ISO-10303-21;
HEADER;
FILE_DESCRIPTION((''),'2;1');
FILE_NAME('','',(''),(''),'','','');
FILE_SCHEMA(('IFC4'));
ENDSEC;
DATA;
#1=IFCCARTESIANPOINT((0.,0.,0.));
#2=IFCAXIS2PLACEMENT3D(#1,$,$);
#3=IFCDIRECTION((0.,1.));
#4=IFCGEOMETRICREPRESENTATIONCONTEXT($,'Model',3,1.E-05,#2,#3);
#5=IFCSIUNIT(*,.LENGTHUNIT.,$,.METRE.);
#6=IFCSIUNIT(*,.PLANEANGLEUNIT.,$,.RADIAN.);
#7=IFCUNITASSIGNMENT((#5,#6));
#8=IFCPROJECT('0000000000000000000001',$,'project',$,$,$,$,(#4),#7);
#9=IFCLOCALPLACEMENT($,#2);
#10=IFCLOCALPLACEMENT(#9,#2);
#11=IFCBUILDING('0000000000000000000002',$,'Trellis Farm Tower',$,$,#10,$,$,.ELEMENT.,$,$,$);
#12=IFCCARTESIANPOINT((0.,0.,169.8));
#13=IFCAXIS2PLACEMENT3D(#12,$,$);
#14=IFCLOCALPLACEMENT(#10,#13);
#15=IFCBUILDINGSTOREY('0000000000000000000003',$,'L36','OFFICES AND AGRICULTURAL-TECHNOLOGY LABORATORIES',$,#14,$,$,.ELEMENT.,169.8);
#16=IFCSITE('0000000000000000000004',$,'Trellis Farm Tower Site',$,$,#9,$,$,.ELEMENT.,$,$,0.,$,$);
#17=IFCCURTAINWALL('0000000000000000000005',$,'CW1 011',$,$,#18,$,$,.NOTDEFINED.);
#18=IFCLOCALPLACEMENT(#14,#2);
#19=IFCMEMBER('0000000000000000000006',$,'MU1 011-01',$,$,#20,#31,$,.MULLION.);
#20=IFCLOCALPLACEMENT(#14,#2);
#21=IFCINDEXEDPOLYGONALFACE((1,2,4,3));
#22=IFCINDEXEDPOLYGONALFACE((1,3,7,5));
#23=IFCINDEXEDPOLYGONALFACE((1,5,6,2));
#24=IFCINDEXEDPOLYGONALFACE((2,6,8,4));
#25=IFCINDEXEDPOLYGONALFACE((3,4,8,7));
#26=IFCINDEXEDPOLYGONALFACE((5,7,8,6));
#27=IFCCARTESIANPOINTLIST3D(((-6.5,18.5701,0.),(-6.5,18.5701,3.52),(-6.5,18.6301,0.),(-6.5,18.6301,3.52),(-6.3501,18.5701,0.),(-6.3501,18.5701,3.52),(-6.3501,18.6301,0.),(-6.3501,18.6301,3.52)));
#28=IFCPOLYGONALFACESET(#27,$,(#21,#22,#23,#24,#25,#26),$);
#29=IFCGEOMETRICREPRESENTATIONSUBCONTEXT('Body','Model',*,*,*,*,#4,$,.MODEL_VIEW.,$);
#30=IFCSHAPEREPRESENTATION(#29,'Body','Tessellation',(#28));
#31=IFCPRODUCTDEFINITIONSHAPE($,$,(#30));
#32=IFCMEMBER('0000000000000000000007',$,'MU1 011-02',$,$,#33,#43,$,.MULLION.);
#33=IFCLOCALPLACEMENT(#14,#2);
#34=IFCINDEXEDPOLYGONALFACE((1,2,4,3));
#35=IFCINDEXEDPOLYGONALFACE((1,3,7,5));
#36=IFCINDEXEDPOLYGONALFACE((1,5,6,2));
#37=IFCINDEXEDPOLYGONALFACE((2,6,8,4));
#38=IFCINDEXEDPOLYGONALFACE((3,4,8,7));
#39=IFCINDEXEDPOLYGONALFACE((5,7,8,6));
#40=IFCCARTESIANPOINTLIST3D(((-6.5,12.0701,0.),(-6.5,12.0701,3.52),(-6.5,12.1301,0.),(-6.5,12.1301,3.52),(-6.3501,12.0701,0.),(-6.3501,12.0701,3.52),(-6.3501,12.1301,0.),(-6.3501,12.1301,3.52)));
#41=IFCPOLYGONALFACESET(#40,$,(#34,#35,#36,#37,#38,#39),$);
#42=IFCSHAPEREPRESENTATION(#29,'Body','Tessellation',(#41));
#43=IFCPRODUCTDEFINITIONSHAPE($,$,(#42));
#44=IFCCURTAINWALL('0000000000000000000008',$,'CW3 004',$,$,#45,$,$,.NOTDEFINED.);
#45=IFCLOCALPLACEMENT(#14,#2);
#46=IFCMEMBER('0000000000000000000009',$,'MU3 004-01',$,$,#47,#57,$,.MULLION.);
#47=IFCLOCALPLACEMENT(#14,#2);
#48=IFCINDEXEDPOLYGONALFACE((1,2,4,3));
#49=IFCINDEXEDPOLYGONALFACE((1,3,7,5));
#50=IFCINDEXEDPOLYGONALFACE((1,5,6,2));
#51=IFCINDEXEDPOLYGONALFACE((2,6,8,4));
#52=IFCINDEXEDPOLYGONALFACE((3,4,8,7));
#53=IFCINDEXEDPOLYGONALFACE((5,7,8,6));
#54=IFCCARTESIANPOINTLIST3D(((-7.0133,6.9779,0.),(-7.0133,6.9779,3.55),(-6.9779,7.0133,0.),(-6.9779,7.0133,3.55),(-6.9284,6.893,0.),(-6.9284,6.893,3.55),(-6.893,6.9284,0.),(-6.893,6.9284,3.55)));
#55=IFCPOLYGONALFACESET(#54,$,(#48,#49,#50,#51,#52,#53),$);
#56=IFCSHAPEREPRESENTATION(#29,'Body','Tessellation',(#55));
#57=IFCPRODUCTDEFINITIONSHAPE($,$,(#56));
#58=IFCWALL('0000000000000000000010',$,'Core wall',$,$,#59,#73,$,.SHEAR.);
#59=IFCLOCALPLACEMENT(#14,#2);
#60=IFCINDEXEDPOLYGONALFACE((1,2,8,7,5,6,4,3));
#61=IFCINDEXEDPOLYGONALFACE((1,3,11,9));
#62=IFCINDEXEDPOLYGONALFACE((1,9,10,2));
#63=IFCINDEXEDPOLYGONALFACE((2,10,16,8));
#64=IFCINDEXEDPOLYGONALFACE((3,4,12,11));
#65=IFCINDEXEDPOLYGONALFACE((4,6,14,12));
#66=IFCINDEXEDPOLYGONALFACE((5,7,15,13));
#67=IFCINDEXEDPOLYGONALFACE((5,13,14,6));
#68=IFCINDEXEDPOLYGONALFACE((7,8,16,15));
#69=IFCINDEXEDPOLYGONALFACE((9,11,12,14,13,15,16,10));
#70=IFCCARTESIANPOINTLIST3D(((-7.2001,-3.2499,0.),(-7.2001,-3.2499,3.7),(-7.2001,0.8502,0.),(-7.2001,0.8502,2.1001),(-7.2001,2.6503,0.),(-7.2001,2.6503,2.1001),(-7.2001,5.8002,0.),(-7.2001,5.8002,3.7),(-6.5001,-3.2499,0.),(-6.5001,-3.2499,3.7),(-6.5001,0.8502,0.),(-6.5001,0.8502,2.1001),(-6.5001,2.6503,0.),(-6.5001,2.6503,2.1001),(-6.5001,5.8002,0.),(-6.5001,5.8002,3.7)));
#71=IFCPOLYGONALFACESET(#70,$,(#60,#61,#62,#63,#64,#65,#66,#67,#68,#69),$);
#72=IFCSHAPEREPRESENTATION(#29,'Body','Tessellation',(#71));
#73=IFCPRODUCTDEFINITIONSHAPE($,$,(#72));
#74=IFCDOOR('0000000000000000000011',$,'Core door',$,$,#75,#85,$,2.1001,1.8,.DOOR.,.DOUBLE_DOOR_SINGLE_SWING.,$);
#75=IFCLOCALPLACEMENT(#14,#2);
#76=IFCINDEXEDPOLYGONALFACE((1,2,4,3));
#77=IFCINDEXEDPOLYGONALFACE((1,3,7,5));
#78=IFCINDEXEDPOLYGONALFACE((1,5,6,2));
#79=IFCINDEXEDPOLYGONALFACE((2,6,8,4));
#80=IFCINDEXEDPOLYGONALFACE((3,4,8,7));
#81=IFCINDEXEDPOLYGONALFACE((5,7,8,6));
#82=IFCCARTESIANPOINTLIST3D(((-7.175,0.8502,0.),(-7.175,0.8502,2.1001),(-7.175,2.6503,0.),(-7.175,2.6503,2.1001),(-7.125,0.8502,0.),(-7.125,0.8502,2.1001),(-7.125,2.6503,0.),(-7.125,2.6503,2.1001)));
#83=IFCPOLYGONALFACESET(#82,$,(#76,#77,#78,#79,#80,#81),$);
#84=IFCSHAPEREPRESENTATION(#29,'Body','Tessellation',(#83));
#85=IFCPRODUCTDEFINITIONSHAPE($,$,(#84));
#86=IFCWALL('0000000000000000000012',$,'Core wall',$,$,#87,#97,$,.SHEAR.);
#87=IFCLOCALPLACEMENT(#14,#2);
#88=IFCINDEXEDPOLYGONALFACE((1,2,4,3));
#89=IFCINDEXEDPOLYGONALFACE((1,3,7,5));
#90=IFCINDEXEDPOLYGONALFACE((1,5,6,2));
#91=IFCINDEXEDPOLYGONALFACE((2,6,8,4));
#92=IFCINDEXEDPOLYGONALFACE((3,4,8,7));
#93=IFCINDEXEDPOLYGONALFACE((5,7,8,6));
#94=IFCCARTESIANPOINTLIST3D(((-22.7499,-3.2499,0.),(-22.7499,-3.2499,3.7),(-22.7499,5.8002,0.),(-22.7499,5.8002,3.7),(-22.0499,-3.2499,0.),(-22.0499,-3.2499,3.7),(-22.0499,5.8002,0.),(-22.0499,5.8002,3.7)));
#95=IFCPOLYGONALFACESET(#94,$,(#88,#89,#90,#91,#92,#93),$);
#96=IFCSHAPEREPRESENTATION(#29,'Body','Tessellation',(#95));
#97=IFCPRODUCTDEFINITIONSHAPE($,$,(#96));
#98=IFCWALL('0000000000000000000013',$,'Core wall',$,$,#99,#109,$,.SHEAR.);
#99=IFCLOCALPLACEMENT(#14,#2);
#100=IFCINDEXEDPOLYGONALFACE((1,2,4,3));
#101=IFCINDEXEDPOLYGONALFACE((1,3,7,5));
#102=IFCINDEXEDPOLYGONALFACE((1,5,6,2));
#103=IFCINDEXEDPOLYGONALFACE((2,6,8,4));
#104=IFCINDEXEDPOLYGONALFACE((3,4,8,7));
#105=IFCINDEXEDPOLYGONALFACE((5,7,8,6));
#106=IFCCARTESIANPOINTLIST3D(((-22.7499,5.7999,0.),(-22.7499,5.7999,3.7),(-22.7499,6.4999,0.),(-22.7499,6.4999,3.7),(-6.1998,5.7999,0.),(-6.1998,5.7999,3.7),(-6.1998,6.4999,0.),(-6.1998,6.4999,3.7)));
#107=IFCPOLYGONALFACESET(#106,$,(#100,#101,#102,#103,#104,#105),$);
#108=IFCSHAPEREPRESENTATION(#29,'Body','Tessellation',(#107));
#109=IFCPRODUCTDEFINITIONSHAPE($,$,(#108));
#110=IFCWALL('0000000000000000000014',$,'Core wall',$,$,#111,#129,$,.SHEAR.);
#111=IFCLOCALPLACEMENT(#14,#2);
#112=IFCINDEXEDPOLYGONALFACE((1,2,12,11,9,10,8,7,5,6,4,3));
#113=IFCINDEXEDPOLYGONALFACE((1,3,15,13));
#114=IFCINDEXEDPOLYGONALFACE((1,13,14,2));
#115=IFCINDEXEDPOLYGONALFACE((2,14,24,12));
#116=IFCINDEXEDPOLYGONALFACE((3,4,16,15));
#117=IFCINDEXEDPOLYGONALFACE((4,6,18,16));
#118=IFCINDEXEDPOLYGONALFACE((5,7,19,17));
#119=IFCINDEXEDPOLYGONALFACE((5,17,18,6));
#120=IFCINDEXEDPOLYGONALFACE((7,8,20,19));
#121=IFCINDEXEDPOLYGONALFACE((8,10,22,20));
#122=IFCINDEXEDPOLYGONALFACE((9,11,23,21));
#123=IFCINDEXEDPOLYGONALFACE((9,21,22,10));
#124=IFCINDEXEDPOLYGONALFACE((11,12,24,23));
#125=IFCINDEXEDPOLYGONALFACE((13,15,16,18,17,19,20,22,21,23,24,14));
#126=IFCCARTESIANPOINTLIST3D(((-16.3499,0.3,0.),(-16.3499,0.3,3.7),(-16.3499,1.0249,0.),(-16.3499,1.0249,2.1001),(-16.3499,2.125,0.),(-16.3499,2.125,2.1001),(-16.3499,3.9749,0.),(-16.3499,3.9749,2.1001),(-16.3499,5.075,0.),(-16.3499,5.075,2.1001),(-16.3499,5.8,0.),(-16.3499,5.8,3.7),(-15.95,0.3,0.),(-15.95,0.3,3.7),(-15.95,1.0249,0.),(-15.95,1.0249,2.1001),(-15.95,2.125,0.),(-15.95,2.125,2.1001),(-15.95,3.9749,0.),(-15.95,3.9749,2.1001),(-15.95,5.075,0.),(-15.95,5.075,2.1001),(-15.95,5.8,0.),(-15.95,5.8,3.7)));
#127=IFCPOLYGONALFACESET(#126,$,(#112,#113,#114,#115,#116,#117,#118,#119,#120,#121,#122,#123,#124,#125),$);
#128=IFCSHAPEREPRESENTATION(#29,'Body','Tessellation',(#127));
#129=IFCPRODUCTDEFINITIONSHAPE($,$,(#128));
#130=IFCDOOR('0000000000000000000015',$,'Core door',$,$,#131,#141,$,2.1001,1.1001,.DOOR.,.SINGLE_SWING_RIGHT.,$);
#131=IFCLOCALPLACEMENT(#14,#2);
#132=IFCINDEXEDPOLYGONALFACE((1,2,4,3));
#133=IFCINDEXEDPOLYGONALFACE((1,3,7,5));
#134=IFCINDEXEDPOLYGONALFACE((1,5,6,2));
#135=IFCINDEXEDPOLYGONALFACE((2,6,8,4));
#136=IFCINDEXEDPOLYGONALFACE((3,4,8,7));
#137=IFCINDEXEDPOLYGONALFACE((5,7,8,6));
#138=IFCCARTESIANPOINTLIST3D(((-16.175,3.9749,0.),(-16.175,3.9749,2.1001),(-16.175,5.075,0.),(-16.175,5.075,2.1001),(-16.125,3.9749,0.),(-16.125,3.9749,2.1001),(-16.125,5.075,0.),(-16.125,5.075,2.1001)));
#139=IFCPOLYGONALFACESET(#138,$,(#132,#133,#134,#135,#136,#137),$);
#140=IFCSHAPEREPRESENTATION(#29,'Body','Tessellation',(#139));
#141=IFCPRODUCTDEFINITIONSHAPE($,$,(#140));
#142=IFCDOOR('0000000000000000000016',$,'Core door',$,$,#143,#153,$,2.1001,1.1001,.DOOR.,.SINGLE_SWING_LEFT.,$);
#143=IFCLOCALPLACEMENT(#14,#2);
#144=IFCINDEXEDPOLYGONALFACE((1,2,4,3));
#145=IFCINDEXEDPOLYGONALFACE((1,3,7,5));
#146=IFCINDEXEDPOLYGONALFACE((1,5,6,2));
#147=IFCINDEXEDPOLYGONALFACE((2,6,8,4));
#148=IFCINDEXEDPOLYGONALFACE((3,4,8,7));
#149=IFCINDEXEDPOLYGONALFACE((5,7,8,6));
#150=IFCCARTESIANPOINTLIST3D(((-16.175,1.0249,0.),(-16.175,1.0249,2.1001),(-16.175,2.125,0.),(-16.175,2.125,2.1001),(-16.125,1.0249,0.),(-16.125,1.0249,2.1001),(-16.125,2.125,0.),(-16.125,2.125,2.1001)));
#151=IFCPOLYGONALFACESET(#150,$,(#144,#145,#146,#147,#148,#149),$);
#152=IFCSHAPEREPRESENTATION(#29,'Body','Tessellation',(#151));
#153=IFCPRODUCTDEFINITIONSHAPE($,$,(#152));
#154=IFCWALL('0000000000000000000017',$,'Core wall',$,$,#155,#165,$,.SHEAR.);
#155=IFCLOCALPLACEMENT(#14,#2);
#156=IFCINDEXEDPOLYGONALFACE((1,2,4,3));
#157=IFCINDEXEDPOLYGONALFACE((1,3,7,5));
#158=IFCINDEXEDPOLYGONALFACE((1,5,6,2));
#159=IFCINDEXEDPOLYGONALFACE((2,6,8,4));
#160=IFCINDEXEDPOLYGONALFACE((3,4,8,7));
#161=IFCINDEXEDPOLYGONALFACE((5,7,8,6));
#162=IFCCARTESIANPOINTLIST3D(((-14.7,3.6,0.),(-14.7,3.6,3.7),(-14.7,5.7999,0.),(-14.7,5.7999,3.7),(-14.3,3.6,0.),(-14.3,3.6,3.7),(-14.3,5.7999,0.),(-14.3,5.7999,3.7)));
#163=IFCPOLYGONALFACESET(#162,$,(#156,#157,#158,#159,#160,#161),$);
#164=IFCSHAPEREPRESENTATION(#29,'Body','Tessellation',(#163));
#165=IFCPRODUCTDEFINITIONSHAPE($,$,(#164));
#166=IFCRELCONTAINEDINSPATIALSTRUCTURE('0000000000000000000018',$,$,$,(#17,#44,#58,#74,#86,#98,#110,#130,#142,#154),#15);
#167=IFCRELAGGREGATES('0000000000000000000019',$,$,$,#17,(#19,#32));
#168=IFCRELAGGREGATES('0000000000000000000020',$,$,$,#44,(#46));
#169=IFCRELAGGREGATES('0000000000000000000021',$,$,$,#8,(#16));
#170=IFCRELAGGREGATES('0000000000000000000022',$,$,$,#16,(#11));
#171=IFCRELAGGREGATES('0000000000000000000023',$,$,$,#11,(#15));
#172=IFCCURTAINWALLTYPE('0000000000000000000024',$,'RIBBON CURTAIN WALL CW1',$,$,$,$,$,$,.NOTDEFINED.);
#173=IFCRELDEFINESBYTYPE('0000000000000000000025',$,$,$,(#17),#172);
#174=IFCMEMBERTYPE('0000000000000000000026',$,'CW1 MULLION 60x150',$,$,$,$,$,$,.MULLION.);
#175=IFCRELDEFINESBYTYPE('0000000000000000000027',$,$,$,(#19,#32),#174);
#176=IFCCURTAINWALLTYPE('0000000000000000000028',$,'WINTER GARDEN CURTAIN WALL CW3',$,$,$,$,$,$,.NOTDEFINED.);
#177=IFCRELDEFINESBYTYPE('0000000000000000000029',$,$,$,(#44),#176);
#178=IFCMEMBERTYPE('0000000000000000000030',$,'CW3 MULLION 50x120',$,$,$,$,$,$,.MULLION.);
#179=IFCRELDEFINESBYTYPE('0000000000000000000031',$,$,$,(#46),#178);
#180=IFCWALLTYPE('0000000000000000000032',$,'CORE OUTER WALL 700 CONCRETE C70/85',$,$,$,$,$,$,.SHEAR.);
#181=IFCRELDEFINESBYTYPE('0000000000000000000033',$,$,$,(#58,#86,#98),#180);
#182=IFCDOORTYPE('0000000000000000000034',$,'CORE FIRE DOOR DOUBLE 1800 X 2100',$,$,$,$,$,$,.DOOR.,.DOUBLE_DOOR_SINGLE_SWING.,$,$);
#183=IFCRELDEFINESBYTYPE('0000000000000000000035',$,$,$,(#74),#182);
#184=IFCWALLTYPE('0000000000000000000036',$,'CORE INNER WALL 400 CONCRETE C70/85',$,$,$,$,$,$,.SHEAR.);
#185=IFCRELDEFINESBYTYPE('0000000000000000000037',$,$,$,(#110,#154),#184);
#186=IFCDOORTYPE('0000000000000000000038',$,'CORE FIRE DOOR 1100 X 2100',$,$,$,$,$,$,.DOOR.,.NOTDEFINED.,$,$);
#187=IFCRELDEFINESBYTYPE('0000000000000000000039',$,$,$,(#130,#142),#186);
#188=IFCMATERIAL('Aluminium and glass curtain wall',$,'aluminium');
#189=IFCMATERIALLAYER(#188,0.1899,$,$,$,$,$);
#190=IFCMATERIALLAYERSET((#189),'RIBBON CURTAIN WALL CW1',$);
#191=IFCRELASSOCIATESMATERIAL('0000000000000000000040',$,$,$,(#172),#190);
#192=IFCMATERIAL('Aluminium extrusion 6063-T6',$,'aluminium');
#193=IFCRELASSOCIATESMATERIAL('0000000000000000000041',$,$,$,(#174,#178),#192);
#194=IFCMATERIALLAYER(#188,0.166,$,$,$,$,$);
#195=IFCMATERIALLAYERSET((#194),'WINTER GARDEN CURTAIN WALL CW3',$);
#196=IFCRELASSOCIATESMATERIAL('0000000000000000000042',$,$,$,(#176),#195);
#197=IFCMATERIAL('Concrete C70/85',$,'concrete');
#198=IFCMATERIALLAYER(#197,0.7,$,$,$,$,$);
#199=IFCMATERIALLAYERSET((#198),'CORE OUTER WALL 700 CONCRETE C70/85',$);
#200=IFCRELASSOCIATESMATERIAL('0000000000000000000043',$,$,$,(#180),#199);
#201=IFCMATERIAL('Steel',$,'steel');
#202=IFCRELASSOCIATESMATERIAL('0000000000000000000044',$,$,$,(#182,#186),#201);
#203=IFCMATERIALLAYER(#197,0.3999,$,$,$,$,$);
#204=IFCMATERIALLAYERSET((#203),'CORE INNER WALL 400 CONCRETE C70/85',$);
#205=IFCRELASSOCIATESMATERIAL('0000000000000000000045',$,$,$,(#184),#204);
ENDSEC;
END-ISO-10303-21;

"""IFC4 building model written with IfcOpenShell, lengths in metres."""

from ifc_helpers import new_model, si_unit, direction, frame, frame_2d, origin, origin_2d, place, context, subcontext, project, spatial, rectangle, extrude, source, transform, mapped, material, layer, layer_set, material_profile, profile_set, type_object, element, fill, aggregate, save


model = new_model("IFC4")

# Units and contexts
model_context = context("Model", 3, precision=1e-05, world=origin(), true_north=direction((0.0, 1.0)))
body_context = subcontext(model_context, "Body", "Model", "MODEL_VIEW")
ifc_project = project(units=[si_unit("LENGTHUNIT", "METRE"), si_unit("PLANEANGLEUNIT", "RADIAN")], contexts=[model_context])

# Site, building, storey
site_placement = place(None, origin())
site = spatial("IfcSite", under=ifc_project, at=site_placement, Name="Trellis Farm Tower Site", CompositionType="ELEMENT", RefElevation=0.0)
building_placement = place(site_placement, origin())
building = spatial("IfcBuilding", under=site, at=building_placement, Name="Trellis Farm Tower", CompositionType="ELEMENT")
storey_placement = place(building_placement, frame((0.0, 0.0, 169.8)))
storey = spatial("IfcBuildingStorey", under=building, at=storey_placement, Name="L36", Description="OFFICES AND AGRICULTURAL-TECHNOLOGY LABORATORIES", CompositionType="ELEMENT", Elevation=169.8)

# Shared definitions
ifc_material_1 = material(Name="Concrete C70/85", Category="concrete")

# Shared definitions
ifc_material_2 = material(Name="Aluminium and glass curtain wall", Category="aluminium")
ifc_layer_1 = layer(ifc_material_2, 0.1899)
ifc_layer_set_1 = layer_set([ifc_layer_1], Name="RIBBON CURTAIN WALL CW1")
curtain_wall_type_1 = type_object("IfcCurtainWallType", Name="RIBBON CURTAIN WALL CW1", PredefinedType="NOTDEFINED", material=ifc_layer_set_1)
placement = place(storey_placement, origin())
ifc_material_3 = material(Name="Aluminium extrusion 6063-T6", Category="aluminium")
ifc_material_profile_1 = material_profile(ifc_material_3, rectangle(XDim=0.0601, YDim=0.1499, at=origin_2d()), Name="MULLION 60x150")
ifc_profile_set_1 = profile_set([ifc_material_profile_1], Name="Aluminium extrusion 6063-T6")
member_type_1 = type_object("IfcMemberType", Name="CW1 MULLION 60x150", PredefinedType="MULLION", material=ifc_profile_set_1)
shared_shape_1 = source(origin(), body_context, "Body", "SweptSolid", [
    extrude(rectangle(XDim=0.0601, YDim=0.1499, at=origin_2d()), origin(), (0.0, 0.0, 1.0), 3.52),
])

# Curtain wall, members
curtain_wall_1 = element("IfcCurtainWall", 1, at=placement, inside=storey, type_object=curtain_wall_type_1, Name="CW1 011", PredefinedType="NOTDEFINED")
member_1_placement = place(storey_placement, frame((-6.425, 18.6001, 0.0), z_axis=(0.0, 0.0, 1.0), x_axis=(0.0, -1.0, 0.0)))
member_1 = element("IfcMember", 2, at=member_1_placement, type_object=member_type_1, Name="MU1 011-01", PredefinedType="MULLION", context=body_context, shape_type="MappedRepresentation", body=[
    mapped(shared_shape_1, transform((0.0, 0.0, 0.0))),
])
member_2_placement = place(storey_placement, frame((-6.425, 12.1001, 0.0), z_axis=(0.0, 0.0, 1.0), x_axis=(0.0, -1.0, 0.0)))
member_2 = element("IfcMember", 3, at=member_2_placement, type_object=member_type_1, Name="MU1 011-02", PredefinedType="MULLION", context=body_context, shape_type="MappedRepresentation", body=[
    mapped(shared_shape_1, transform((0.0, 0.0, 0.0))),
])
aggregate(curtain_wall_1, [member_1, member_2])

# Curtain wall, member
ifc_layer_2 = layer(ifc_material_2, 0.166)
ifc_layer_set_2 = layer_set([ifc_layer_2], Name="WINTER GARDEN CURTAIN WALL CW3")
curtain_wall_type_2 = type_object("IfcCurtainWallType", Name="WINTER GARDEN CURTAIN WALL CW3", PredefinedType="NOTDEFINED", material=ifc_layer_set_2)
curtain_wall_2 = element("IfcCurtainWall", 4, at=placement, inside=storey, type_object=curtain_wall_type_2, Name="CW3 004", PredefinedType="NOTDEFINED")
ifc_material_profile_2 = material_profile(ifc_material_3, rectangle(XDim=0.05, YDim=0.1201, at=origin_2d()), Name="MULLION 50x120")
ifc_profile_set_2 = profile_set([ifc_material_profile_2], Name="Aluminium extrusion 6063-T6")
member_type_2 = type_object("IfcMemberType", Name="CW3 MULLION 50x120", PredefinedType="MULLION", material=ifc_profile_set_2)
shared_shape_2 = source(origin(), body_context, "Body", "SweptSolid", [
    extrude(rectangle(XDim=0.05, YDim=0.1201, at=origin_2d()), origin(), (0.0, 0.0, 1.0), 3.55),
])
member_3_placement = place(storey_placement, frame((-6.9531, 6.9531, 0.0), z_axis=(0.0, 0.0, 1.0), x_axis=(-0.707107, -0.707107, 0.0)))
member_3 = element("IfcMember", 5, at=member_3_placement, type_object=member_type_2, Name="MU3 004-01", PredefinedType="MULLION", context=body_context, shape_type="MappedRepresentation", body=[
    mapped(shared_shape_2, transform((0.0, 0.0, 0.0))),
])
aggregate(curtain_wall_2, [member_3])

# Wall, opening, door
ifc_layer_3 = layer(ifc_material_1, 0.7)
ifc_layer_set_3 = layer_set([ifc_layer_3], Name="CORE OUTER WALL 700 CONCRETE C70/85")
wall_type_1 = type_object("IfcWallType", Name="CORE OUTER WALL 700 CONCRETE C70/85", PredefinedType="SHEAR", material=ifc_layer_set_3)
shared_shape_3 = source(origin(), body_context, "Body", "SweptSolid", [
    extrude(rectangle(XDim=9.05, YDim=0.7, at=frame_2d((4.5249, 0.0))), origin(), (0.0, 0.0, 1.0), 3.7),
])
wall_1_placement = place(storey_placement, frame((-6.8501, 5.8, 0.0), z_axis=(0.0, 0.0, 1.0), x_axis=(0.0, -1.0, 0.0)))
wall_1 = element("IfcWall", 6, at=wall_1_placement, inside=storey, type_object=wall_type_1, Name="Core wall", PredefinedType="SHEAR", context=body_context, shape_type="MappedRepresentation", body=[
    mapped(shared_shape_3, transform((0.0, 0.0, 0.0))),
])
shared_shape_4 = source(origin(), body_context, "Body", "SweptSolid", [
    extrude(rectangle(XDim=1.8, YDim=2.1001, at=frame_2d((0.8999, 1.05))), frame((0.0, 0.3601, 0.0), z_axis=(0.0, -1.0, 0.0), x_axis=(1.0, 0.0, 0.0)), (0.0, 0.0, 1.0), 0.7202),
])
opening_1_placement = place(wall_1_placement, frame((3.1499, 0.0, 0.0)))
opening_1 = element("IfcOpeningElement", 7, at=opening_1_placement, cuts=wall_1, PredefinedType="OPENING", context=body_context, shape_type="MappedRepresentation", body=[
    mapped(shared_shape_4, transform((0.0, 0.0, 0.0))),
])
ifc_material_4 = material(Name="Steel", Category="steel")
door_type_1 = type_object("IfcDoorType", Name="CORE FIRE DOOR DOUBLE 1800 X 2100", OperationType="DOUBLE_DOOR_SINGLE_SWING", PredefinedType="DOOR", material=ifc_material_4)
shared_shape_5 = source(origin(), body_context, "Body", "SweptSolid", [
    extrude(rectangle(XDim=1.8, YDim=2.1001, at=frame_2d((0.8999, 1.05))), frame((0.0, -0.2749, 0.0), z_axis=(0.0, -1.0, 0.0), x_axis=(1.0, 0.0, 0.0)), (0.0, 0.0, 1.0), 0.05),
])
door_1_placement = place(opening_1_placement, origin())
door_1 = element("IfcDoor", 8, at=door_1_placement, inside=storey, type_object=door_type_1, Name="Core door", OperationType="DOUBLE_DOOR_SINGLE_SWING", OverallHeight=2.1001, OverallWidth=1.8, PredefinedType="DOOR", context=body_context, shape_type="MappedRepresentation", body=[
    mapped(shared_shape_5, transform((0.0, 0.0, 0.0))),
])
fill(opening_1, door_1)

# Walls
wall_2_placement = place(storey_placement, frame((-22.3999, 5.8, 0.0), z_axis=(0.0, 0.0, 1.0), x_axis=(0.0, -1.0, 0.0)))
element("IfcWall", 9, at=wall_2_placement, inside=storey, type_object=wall_type_1, Name="Core wall", PredefinedType="SHEAR", context=body_context, shape_type="MappedRepresentation", body=[
    mapped(shared_shape_3, transform((0.0, 0.0, 0.0))),
])
shared_shape_6 = source(origin(), body_context, "Body", "SweptSolid", [
    extrude(rectangle(XDim=16.55, YDim=0.7, at=frame_2d((8.2749, 0.0))), origin(), (0.0, 0.0, 1.0), 3.7),
])
wall_3_placement = place(storey_placement, frame((-6.2, 6.1499, 0.0), z_axis=(0.0, 0.0, 1.0), x_axis=(-1.0, 0.0, 0.0)))
element("IfcWall", 10, at=wall_3_placement, inside=storey, type_object=wall_type_1, Name="Core wall", PredefinedType="SHEAR", context=body_context, shape_type="MappedRepresentation", body=[
    mapped(shared_shape_6, transform((0.0, 0.0, 0.0))),
])

# Wall, openings, doors
ifc_layer_4 = layer(ifc_material_1, 0.3999)
ifc_layer_set_4 = layer_set([ifc_layer_4], Name="CORE INNER WALL 400 CONCRETE C70/85")
wall_type_2 = type_object("IfcWallType", Name="CORE INNER WALL 400 CONCRETE C70/85", PredefinedType="SHEAR", material=ifc_layer_set_4)
shared_shape_7 = source(origin(), body_context, "Body", "SweptSolid", [
    extrude(rectangle(XDim=5.5, YDim=0.3999, at=frame_2d((2.75, 0.0))), origin(), (0.0, 0.0, 1.0), 3.7),
])
wall_4_placement = place(storey_placement, frame((-16.1499, 5.8, 0.0), z_axis=(0.0, 0.0, 1.0), x_axis=(0.0, -1.0, 0.0)))
wall_4 = element("IfcWall", 11, at=wall_4_placement, inside=storey, type_object=wall_type_2, Name="Core wall", PredefinedType="SHEAR", context=body_context, shape_type="MappedRepresentation", body=[
    mapped(shared_shape_7, transform((0.0, 0.0, 0.0))),
])
shared_shape_8 = source(origin(), body_context, "Body", "SweptSolid", [
    extrude(rectangle(XDim=1.1001, YDim=2.1001, at=frame_2d((0.55, 1.05))), frame((0.0, 0.21, 0.0), z_axis=(0.0, -1.0, 0.0), x_axis=(1.0, 0.0, 0.0)), (0.0, 0.0, 1.0), 0.4199),
])
opening_2_placement = place(wall_4_placement, frame((0.7251, 0.0, 0.0)))
opening_2 = element("IfcOpeningElement", 12, at=opening_2_placement, cuts=wall_4, PredefinedType="OPENING", context=body_context, shape_type="MappedRepresentation", body=[
    mapped(shared_shape_8, transform((0.0, 0.0, 0.0))),
])
opening_3_placement = place(wall_4_placement, frame((3.675, 0.0, 0.0)))
opening_3 = element("IfcOpeningElement", 13, at=opening_3_placement, cuts=wall_4, PredefinedType="OPENING", context=body_context, shape_type="MappedRepresentation", body=[
    mapped(shared_shape_8, transform((0.0, 0.0, 0.0))),
])
door_type_2 = type_object("IfcDoorType", Name="CORE FIRE DOOR 1100 X 2100", OperationType="NOTDEFINED", PredefinedType="DOOR", material=ifc_material_4)
shared_shape_9 = source(origin(), body_context, "Body", "SweptSolid", [
    extrude(rectangle(XDim=1.1001, YDim=2.1001, at=frame_2d((0.55, 1.05))), frame((0.0, 0.0249, 0.0), z_axis=(0.0, -1.0, 0.0), x_axis=(1.0, 0.0, 0.0)), (0.0, 0.0, 1.0), 0.05),
])
door_2_placement = place(opening_2_placement, origin())
door_2 = element("IfcDoor", 14, at=door_2_placement, inside=storey, type_object=door_type_2, Name="Core door", OperationType="SINGLE_SWING_RIGHT", OverallHeight=2.1001, OverallWidth=1.1001, PredefinedType="DOOR", context=body_context, shape_type="MappedRepresentation", body=[
    mapped(shared_shape_9, transform((0.0, 0.0, 0.0))),
])
fill(opening_2, door_2)
door_3_placement = place(opening_3_placement, origin())
door_3 = element("IfcDoor", 15, at=door_3_placement, inside=storey, type_object=door_type_2, Name="Core door", OperationType="SINGLE_SWING_LEFT", OverallHeight=2.1001, OverallWidth=1.1001, PredefinedType="DOOR", context=body_context, shape_type="MappedRepresentation", body=[
    mapped(shared_shape_9, transform((0.0, 0.0, 0.0))),
])
fill(opening_3, door_3)

# Wall
shared_shape_10 = source(origin(), body_context, "Body", "SweptSolid", [
    extrude(rectangle(XDim=2.2, YDim=0.3999, at=frame_2d((1.1001, 0.0))), origin(), (0.0, 0.0, 1.0), 3.7),
])
wall_5_placement = place(storey_placement, frame((-14.5, 5.8, 0.0), z_axis=(0.0, 0.0, 1.0), x_axis=(0.0, -1.0, 0.0)))
element("IfcWall", 16, at=wall_5_placement, inside=storey, type_object=wall_type_2, Name="Core wall", PredefinedType="SHEAR", context=body_context, shape_type="MappedRepresentation", body=[
    mapped(shared_shape_10, transform((0.0, 0.0, 0.0))),
])

save(model, "model.ifc")
